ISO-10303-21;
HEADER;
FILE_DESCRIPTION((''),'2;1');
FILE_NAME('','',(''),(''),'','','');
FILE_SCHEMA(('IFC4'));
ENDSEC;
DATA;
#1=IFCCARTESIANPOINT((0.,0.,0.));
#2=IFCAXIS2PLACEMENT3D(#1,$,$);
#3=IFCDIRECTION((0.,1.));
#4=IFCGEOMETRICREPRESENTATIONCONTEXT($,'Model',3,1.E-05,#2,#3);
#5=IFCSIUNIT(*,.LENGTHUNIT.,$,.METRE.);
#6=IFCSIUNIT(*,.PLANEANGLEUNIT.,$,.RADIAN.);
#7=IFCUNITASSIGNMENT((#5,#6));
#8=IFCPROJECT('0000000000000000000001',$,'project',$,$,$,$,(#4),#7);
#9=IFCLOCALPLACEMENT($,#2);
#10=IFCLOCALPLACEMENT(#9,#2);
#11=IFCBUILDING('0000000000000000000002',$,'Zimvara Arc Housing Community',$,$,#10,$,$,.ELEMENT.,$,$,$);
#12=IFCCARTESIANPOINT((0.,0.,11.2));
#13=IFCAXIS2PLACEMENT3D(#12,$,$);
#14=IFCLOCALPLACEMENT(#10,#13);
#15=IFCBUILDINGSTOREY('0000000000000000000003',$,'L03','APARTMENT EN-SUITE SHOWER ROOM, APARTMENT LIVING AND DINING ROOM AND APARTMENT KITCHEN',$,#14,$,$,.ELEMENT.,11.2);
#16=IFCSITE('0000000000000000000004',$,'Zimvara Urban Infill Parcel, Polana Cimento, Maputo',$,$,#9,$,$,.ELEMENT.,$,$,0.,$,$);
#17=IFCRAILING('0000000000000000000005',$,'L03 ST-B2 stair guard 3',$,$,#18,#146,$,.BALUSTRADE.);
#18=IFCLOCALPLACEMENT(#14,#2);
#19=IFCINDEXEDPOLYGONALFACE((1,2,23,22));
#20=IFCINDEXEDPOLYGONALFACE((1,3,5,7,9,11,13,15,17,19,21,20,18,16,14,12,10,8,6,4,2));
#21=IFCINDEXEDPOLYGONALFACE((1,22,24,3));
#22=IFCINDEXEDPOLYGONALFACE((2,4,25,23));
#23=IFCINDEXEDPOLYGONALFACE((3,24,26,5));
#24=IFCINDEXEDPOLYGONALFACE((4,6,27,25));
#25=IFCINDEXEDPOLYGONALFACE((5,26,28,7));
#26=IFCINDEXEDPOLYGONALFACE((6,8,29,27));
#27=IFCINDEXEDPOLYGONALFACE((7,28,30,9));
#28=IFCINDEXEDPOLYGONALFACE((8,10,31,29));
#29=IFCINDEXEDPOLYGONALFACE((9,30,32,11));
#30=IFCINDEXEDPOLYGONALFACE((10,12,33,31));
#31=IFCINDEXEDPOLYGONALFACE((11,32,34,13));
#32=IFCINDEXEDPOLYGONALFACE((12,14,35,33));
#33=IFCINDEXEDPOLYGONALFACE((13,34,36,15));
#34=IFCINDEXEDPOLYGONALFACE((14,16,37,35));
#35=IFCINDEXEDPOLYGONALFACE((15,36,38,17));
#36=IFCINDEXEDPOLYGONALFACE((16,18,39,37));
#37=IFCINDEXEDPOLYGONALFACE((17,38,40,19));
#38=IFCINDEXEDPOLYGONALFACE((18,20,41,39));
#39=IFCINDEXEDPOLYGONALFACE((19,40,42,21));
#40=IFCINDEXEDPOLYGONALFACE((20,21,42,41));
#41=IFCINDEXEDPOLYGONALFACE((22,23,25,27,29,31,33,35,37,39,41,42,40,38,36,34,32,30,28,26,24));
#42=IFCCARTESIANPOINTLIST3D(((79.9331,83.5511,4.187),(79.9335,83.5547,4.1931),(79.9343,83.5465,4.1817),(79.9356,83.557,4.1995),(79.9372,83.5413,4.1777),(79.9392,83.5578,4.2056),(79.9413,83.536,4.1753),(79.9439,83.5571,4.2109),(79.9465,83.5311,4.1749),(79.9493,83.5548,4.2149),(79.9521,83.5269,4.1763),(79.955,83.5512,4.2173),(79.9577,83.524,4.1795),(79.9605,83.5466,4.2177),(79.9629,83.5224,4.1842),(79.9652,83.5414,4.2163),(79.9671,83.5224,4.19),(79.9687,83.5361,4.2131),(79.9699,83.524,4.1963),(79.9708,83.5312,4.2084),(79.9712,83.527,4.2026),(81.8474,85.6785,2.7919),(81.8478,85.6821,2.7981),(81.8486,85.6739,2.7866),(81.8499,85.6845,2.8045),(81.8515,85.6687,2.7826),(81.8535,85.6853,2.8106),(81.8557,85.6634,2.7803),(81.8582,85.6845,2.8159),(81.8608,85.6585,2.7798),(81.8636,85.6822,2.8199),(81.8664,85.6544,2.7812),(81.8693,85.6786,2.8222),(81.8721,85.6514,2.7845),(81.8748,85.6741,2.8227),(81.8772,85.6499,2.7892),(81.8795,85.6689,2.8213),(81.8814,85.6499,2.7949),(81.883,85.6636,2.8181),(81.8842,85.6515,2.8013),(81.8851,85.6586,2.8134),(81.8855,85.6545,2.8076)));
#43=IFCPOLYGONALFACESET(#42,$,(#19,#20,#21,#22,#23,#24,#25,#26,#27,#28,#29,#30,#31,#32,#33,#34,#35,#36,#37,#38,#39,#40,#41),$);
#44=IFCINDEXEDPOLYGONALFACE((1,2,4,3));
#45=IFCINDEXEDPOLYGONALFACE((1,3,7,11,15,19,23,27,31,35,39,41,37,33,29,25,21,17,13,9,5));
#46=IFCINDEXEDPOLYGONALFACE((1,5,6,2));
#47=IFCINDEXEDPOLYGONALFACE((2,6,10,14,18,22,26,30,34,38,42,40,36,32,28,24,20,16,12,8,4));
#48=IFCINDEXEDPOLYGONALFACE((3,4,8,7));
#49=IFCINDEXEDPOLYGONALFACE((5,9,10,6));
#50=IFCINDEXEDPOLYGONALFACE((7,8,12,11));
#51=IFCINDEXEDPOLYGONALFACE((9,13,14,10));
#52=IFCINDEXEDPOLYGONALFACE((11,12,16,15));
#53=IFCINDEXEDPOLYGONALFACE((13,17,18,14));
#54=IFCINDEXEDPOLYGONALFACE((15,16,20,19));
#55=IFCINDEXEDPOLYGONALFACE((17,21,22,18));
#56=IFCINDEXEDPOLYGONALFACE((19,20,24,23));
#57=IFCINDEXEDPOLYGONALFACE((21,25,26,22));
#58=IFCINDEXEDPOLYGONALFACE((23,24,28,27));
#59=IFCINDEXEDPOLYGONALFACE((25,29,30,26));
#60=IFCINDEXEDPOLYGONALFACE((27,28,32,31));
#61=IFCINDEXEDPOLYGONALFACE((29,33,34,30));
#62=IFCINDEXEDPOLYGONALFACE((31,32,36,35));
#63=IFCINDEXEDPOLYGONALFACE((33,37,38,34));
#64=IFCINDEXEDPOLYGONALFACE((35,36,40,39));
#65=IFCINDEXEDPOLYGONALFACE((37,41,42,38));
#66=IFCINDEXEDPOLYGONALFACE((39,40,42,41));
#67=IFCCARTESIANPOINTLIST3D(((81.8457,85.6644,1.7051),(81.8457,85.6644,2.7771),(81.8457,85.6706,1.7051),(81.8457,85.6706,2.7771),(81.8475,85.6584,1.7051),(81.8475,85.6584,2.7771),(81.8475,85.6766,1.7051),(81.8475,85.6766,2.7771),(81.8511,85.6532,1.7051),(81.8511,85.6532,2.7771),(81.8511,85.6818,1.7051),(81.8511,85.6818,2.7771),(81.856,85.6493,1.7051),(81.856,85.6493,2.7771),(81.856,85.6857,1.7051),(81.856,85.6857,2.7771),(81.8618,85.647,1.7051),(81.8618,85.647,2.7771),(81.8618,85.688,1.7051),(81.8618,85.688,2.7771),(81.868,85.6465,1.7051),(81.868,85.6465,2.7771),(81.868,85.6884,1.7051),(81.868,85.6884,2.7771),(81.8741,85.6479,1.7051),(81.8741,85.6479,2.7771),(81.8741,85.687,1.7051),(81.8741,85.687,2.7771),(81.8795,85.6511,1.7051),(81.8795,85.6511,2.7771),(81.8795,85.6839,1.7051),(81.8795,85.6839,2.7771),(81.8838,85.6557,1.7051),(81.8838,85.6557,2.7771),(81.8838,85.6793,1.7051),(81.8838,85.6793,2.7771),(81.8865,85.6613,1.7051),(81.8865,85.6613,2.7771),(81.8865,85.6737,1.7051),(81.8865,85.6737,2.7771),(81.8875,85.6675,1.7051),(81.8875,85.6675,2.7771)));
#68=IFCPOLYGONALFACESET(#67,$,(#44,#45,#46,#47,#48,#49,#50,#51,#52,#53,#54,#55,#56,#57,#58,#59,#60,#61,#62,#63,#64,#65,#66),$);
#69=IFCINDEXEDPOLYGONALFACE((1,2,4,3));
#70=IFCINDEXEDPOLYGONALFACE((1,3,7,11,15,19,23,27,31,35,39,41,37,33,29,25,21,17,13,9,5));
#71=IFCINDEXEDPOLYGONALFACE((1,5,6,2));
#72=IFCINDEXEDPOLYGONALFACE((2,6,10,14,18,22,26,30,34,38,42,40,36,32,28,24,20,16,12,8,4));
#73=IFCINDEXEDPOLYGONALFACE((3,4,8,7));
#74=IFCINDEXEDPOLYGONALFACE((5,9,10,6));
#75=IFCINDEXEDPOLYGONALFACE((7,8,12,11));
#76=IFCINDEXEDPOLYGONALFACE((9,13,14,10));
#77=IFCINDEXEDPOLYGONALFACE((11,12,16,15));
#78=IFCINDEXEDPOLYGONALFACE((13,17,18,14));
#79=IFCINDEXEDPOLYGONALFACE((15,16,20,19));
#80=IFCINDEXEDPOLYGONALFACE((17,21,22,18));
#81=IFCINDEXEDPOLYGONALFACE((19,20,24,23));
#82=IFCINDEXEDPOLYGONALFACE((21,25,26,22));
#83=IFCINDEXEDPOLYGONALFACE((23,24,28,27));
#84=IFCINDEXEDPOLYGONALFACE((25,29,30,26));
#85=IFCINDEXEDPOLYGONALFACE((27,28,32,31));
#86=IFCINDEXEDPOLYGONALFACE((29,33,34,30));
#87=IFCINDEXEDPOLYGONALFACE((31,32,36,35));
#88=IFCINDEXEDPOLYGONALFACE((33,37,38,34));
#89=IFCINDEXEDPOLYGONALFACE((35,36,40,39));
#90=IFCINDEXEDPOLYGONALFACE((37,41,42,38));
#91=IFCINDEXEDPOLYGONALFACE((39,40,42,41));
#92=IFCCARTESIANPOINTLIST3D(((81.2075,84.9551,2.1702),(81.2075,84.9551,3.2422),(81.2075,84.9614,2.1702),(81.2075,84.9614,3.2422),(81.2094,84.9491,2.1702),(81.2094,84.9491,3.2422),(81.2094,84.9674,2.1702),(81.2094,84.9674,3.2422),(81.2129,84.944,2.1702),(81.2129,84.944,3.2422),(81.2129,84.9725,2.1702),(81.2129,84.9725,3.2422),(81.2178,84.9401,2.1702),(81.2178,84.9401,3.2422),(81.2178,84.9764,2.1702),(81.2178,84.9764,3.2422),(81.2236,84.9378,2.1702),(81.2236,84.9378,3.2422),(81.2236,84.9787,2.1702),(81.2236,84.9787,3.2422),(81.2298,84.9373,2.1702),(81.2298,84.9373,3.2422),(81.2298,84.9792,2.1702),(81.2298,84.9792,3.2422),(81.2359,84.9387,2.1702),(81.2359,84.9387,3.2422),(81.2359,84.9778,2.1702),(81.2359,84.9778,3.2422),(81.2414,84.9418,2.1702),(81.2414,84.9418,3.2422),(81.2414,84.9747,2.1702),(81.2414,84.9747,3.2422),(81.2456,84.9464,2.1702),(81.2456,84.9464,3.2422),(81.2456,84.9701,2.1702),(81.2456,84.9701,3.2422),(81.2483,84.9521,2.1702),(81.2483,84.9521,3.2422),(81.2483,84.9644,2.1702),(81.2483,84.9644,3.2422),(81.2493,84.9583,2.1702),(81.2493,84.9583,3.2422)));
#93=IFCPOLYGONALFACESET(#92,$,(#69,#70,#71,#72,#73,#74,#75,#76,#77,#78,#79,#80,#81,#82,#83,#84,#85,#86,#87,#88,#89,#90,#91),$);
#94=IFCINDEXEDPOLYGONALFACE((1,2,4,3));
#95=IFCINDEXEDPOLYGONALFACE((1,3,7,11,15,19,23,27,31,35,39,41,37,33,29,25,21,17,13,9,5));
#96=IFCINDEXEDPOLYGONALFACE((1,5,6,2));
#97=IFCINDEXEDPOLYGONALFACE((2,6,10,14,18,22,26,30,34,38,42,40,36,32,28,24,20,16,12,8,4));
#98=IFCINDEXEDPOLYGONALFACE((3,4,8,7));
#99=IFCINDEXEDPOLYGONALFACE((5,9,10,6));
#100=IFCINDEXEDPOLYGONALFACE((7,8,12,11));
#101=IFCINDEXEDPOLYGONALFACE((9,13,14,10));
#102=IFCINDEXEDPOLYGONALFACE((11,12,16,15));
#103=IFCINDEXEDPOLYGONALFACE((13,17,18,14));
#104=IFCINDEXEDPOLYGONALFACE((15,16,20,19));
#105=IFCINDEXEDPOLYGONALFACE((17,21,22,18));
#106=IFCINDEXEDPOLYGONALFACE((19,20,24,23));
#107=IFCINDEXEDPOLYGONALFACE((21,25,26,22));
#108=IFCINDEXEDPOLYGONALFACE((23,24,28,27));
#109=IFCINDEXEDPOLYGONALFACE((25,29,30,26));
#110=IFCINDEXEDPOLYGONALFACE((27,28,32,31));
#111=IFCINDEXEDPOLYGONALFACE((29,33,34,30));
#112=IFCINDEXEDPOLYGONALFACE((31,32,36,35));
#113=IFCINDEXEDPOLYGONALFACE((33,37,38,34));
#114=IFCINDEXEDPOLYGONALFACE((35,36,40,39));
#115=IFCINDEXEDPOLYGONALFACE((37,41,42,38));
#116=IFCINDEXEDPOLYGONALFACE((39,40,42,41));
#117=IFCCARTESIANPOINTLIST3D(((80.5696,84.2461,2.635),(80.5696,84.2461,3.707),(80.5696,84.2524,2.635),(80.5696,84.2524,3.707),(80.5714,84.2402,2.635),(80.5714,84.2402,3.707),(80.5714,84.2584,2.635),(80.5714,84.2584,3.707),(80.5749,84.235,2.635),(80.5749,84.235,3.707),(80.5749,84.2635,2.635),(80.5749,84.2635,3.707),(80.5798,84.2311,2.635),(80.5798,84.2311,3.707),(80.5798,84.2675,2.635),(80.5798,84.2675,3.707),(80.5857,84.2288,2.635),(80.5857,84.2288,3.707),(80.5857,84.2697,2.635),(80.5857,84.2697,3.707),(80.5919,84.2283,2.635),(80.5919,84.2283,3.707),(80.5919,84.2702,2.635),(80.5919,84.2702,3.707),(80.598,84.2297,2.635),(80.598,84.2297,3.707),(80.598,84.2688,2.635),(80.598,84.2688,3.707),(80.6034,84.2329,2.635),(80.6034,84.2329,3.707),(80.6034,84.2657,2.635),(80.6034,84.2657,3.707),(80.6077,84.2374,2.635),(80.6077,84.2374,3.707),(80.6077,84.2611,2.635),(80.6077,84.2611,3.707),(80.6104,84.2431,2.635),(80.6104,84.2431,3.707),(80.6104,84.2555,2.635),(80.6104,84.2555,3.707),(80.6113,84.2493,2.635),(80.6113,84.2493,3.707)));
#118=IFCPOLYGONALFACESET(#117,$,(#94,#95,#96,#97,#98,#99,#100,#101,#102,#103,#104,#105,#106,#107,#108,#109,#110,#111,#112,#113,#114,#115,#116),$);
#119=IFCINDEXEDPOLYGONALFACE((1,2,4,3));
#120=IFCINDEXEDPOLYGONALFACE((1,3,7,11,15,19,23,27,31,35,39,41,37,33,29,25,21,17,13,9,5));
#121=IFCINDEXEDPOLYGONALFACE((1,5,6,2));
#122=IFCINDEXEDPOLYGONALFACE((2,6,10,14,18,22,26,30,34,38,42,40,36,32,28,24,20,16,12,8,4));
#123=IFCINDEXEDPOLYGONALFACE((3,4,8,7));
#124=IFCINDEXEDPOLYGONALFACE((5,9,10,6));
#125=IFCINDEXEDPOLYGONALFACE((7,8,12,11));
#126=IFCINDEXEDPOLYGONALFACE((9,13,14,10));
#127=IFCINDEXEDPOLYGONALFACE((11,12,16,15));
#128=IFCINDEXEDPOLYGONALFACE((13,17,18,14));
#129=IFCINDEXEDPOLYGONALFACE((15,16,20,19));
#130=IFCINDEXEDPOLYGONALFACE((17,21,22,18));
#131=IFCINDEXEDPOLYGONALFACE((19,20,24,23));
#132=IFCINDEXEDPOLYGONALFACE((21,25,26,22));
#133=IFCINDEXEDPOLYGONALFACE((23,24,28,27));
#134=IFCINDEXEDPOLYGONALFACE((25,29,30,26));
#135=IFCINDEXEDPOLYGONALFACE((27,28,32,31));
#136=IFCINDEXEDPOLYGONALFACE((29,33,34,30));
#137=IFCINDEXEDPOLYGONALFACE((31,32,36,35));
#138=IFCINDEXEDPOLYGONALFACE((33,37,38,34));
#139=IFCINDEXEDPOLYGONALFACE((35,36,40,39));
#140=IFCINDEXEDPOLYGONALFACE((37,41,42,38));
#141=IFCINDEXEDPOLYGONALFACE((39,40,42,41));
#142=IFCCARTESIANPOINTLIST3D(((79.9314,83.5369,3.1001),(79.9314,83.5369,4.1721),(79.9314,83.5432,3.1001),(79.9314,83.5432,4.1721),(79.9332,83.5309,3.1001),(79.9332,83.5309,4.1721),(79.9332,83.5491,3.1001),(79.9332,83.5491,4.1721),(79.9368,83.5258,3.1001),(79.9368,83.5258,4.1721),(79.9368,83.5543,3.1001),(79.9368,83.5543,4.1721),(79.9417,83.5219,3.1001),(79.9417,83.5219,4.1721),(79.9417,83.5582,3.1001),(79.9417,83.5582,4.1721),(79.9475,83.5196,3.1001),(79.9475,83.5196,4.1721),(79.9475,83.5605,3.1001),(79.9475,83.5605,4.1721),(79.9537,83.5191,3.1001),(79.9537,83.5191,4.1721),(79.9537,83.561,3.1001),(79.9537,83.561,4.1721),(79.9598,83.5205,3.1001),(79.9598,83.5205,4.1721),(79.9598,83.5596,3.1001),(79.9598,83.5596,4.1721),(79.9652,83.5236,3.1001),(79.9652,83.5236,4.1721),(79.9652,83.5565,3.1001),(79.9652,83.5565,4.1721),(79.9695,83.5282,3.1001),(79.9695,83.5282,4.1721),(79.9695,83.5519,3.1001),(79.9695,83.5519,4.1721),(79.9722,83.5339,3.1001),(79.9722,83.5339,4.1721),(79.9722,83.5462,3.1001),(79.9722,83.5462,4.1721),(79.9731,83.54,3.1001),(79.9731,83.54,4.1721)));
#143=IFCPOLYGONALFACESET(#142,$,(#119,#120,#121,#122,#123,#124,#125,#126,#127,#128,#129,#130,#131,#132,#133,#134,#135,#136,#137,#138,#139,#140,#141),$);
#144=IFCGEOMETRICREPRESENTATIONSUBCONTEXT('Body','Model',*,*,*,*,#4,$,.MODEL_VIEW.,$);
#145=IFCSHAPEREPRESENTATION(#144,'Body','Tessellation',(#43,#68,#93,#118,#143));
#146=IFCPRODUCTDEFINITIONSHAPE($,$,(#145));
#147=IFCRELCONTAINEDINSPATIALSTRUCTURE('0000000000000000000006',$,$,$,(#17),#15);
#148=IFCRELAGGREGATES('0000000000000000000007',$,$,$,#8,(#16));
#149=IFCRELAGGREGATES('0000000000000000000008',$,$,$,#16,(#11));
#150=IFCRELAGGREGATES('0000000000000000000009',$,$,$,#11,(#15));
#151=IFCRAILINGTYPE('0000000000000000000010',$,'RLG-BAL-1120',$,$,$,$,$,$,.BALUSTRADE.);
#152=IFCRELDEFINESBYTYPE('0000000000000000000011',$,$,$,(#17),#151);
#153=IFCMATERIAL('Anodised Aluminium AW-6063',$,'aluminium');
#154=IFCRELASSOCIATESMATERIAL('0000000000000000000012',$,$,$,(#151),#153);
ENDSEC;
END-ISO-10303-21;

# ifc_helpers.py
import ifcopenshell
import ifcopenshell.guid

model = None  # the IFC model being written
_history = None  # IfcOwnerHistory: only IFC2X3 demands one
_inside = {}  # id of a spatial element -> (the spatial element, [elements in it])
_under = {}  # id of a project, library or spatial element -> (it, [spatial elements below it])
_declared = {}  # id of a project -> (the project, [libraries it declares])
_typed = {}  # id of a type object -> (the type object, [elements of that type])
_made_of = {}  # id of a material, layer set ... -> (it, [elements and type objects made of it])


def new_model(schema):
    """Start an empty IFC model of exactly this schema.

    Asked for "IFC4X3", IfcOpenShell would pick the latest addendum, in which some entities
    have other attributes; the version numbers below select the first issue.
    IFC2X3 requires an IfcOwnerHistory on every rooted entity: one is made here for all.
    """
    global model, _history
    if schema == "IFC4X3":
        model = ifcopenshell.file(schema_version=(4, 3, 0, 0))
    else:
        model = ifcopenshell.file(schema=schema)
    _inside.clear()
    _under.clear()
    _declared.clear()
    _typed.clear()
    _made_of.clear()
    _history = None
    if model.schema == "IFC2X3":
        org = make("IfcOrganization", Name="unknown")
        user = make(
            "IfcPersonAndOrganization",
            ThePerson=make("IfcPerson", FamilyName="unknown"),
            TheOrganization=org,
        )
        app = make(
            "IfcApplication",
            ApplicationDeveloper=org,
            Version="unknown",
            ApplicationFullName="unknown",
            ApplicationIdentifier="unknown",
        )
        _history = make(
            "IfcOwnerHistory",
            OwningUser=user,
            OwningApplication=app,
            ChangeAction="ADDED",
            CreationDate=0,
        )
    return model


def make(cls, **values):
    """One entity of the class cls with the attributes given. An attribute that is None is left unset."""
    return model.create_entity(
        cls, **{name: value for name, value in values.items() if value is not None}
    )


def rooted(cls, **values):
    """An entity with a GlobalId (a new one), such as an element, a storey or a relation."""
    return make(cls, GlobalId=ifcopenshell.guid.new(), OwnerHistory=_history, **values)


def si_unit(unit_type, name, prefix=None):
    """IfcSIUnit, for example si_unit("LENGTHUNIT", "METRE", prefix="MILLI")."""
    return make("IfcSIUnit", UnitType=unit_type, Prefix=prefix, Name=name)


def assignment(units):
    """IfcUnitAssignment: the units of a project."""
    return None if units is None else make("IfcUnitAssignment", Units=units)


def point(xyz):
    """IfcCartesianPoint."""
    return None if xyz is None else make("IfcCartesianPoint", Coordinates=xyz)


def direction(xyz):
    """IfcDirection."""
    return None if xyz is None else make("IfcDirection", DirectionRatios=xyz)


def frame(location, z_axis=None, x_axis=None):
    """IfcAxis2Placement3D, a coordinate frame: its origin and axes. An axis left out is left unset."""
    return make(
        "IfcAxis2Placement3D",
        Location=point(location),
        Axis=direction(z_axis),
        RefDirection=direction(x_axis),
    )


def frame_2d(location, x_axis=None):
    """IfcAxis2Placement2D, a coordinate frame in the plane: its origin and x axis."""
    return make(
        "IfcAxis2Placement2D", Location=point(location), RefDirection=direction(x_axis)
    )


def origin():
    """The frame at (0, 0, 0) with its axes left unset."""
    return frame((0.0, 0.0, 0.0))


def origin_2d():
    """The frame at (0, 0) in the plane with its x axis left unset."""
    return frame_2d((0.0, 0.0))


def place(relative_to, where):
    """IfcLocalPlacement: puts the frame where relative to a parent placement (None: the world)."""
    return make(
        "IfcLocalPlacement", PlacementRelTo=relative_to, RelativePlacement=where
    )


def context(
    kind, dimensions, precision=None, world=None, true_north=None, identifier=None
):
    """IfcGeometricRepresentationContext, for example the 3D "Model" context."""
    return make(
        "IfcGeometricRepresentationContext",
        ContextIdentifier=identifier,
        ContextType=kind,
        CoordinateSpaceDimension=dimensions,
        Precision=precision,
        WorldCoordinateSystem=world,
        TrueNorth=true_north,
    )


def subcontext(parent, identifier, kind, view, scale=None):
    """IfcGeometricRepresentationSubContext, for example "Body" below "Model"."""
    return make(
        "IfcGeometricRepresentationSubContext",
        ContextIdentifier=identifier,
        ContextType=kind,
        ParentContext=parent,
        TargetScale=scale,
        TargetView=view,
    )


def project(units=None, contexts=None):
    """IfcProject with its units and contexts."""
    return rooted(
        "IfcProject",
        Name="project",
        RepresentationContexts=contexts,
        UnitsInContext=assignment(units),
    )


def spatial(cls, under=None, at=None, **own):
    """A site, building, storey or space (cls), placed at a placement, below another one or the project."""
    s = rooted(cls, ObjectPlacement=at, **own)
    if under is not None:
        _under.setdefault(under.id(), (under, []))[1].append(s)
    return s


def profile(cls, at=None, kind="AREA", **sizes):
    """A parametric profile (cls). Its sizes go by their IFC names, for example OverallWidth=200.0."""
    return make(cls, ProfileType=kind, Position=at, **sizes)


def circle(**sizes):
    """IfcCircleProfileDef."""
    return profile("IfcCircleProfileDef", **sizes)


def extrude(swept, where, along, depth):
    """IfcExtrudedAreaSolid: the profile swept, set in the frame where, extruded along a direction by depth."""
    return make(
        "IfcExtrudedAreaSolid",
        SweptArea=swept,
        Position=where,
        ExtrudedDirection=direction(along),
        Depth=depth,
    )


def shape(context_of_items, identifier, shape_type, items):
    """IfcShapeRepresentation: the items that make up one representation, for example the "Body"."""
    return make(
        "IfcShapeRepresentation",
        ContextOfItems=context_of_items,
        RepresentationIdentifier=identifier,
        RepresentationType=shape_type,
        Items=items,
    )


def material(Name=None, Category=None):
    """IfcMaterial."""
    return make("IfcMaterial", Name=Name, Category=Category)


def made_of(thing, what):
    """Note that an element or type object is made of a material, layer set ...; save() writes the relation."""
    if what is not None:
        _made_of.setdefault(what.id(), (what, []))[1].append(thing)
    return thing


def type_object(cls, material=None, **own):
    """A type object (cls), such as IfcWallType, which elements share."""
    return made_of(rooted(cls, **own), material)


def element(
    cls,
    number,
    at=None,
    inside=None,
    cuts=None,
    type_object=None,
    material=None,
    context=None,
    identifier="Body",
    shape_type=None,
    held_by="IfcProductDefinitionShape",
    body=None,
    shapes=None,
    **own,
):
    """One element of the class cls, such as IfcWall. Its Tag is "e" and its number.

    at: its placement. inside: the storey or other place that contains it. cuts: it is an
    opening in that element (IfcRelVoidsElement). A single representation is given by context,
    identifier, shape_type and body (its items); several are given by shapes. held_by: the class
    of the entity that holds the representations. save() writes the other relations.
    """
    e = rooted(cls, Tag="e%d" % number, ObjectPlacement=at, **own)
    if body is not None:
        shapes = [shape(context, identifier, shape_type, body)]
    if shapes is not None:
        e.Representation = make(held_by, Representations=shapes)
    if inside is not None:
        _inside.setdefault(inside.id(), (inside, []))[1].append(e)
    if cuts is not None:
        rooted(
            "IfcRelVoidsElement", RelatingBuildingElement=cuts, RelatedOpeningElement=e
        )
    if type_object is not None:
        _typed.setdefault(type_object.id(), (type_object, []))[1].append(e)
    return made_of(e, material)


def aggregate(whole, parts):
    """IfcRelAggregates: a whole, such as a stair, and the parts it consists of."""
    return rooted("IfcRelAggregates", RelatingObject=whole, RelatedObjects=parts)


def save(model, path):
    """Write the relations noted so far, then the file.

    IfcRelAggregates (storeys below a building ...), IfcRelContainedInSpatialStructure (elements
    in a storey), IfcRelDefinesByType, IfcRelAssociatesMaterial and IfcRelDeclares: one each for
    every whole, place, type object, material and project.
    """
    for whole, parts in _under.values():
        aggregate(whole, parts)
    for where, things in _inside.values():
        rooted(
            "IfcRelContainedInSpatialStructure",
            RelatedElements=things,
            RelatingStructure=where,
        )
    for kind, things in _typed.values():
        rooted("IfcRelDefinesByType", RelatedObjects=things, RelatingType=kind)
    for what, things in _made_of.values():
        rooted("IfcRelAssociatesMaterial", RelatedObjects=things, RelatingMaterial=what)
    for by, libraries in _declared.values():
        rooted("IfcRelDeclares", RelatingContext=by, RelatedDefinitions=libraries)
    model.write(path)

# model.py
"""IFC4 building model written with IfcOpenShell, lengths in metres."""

from ifc_helpers import new_model, si_unit, direction, frame, origin, origin_2d, place, context, subcontext, project, spatial, circle, extrude, material, type_object, element, save


model = new_model("IFC4")

# Units and contexts
model_context = context("Model", 3, precision=1e-05, world=origin(), true_north=direction((0.0, 1.0)))
body_context = subcontext(model_context, "Body", "Model", "MODEL_VIEW")
ifc_project = project(units=[si_unit("LENGTHUNIT", "METRE"), si_unit("PLANEANGLEUNIT", "RADIAN")], contexts=[model_context])

# Site, building, storey
site_placement = place(None, origin())
site = spatial("IfcSite", under=ifc_project, at=site_placement, Name="Zimvara Urban Infill Parcel, Polana Cimento, Maputo", CompositionType="ELEMENT", RefElevation=0.0)
building_placement = place(site_placement, origin())
building = spatial("IfcBuilding", under=site, at=building_placement, Name="Zimvara Arc Housing Community", CompositionType="ELEMENT")
storey_placement = place(building_placement, frame((0.0, 0.0, 11.2)))
storey = spatial("IfcBuildingStorey", under=building, at=storey_placement, Name="L03", Description="APARTMENT EN-SUITE SHOWER ROOM, APARTMENT LIVING AND DINING ROOM AND APARTMENT KITCHEN", CompositionType="ELEMENT", Elevation=11.2)

# Railing
ifc_material_1 = material(Name="Anodised Aluminium AW-6063", Category="aluminium")
railing_type_1 = type_object("IfcRailingType", Name="RLG-BAL-1120", PredefinedType="BALUSTRADE", material=ifc_material_1)
railing_1_placement = place(storey_placement, frame((81.8665, 85.6675, 1.7051)))
element("IfcRailing", 1, at=railing_1_placement, inside=storey, type_object=railing_type_1, Name="L03 ST-B2 stair guard 3", PredefinedType="BALUSTRADE", context=body_context, shape_type="SweptSolid", body=[
    extrude(circle(Radius=0.0239, at=origin_2d()), frame((0.0, 0.0, 1.0962), z_axis=(-0.601263, -0.668206, 0.43816), x_axis=(0.743362, -0.668889, 0.0)), (0.0, 0.0, 1.0), 3.1838),
    extrude(circle(Radius=0.021, at=origin_2d()), origin(), (0.0, 0.0, 1.0), 1.072),
    extrude(circle(Radius=0.021, at=origin_2d()), frame((-0.6382, -0.7092, 0.4651)), (0.0, 0.0, 1.0), 1.072),
    extrude(circle(Radius=0.021, at=origin_2d()), frame((-1.2761, -1.4182, 0.9299)), (0.0, 0.0, 1.0), 1.072),
    extrude(circle(Radius=0.021, at=origin_2d()), frame((-1.9143, -2.1274, 1.395)), (0.0, 0.0, 1.0), 1.072),
])

save(model, "model.ifc")
